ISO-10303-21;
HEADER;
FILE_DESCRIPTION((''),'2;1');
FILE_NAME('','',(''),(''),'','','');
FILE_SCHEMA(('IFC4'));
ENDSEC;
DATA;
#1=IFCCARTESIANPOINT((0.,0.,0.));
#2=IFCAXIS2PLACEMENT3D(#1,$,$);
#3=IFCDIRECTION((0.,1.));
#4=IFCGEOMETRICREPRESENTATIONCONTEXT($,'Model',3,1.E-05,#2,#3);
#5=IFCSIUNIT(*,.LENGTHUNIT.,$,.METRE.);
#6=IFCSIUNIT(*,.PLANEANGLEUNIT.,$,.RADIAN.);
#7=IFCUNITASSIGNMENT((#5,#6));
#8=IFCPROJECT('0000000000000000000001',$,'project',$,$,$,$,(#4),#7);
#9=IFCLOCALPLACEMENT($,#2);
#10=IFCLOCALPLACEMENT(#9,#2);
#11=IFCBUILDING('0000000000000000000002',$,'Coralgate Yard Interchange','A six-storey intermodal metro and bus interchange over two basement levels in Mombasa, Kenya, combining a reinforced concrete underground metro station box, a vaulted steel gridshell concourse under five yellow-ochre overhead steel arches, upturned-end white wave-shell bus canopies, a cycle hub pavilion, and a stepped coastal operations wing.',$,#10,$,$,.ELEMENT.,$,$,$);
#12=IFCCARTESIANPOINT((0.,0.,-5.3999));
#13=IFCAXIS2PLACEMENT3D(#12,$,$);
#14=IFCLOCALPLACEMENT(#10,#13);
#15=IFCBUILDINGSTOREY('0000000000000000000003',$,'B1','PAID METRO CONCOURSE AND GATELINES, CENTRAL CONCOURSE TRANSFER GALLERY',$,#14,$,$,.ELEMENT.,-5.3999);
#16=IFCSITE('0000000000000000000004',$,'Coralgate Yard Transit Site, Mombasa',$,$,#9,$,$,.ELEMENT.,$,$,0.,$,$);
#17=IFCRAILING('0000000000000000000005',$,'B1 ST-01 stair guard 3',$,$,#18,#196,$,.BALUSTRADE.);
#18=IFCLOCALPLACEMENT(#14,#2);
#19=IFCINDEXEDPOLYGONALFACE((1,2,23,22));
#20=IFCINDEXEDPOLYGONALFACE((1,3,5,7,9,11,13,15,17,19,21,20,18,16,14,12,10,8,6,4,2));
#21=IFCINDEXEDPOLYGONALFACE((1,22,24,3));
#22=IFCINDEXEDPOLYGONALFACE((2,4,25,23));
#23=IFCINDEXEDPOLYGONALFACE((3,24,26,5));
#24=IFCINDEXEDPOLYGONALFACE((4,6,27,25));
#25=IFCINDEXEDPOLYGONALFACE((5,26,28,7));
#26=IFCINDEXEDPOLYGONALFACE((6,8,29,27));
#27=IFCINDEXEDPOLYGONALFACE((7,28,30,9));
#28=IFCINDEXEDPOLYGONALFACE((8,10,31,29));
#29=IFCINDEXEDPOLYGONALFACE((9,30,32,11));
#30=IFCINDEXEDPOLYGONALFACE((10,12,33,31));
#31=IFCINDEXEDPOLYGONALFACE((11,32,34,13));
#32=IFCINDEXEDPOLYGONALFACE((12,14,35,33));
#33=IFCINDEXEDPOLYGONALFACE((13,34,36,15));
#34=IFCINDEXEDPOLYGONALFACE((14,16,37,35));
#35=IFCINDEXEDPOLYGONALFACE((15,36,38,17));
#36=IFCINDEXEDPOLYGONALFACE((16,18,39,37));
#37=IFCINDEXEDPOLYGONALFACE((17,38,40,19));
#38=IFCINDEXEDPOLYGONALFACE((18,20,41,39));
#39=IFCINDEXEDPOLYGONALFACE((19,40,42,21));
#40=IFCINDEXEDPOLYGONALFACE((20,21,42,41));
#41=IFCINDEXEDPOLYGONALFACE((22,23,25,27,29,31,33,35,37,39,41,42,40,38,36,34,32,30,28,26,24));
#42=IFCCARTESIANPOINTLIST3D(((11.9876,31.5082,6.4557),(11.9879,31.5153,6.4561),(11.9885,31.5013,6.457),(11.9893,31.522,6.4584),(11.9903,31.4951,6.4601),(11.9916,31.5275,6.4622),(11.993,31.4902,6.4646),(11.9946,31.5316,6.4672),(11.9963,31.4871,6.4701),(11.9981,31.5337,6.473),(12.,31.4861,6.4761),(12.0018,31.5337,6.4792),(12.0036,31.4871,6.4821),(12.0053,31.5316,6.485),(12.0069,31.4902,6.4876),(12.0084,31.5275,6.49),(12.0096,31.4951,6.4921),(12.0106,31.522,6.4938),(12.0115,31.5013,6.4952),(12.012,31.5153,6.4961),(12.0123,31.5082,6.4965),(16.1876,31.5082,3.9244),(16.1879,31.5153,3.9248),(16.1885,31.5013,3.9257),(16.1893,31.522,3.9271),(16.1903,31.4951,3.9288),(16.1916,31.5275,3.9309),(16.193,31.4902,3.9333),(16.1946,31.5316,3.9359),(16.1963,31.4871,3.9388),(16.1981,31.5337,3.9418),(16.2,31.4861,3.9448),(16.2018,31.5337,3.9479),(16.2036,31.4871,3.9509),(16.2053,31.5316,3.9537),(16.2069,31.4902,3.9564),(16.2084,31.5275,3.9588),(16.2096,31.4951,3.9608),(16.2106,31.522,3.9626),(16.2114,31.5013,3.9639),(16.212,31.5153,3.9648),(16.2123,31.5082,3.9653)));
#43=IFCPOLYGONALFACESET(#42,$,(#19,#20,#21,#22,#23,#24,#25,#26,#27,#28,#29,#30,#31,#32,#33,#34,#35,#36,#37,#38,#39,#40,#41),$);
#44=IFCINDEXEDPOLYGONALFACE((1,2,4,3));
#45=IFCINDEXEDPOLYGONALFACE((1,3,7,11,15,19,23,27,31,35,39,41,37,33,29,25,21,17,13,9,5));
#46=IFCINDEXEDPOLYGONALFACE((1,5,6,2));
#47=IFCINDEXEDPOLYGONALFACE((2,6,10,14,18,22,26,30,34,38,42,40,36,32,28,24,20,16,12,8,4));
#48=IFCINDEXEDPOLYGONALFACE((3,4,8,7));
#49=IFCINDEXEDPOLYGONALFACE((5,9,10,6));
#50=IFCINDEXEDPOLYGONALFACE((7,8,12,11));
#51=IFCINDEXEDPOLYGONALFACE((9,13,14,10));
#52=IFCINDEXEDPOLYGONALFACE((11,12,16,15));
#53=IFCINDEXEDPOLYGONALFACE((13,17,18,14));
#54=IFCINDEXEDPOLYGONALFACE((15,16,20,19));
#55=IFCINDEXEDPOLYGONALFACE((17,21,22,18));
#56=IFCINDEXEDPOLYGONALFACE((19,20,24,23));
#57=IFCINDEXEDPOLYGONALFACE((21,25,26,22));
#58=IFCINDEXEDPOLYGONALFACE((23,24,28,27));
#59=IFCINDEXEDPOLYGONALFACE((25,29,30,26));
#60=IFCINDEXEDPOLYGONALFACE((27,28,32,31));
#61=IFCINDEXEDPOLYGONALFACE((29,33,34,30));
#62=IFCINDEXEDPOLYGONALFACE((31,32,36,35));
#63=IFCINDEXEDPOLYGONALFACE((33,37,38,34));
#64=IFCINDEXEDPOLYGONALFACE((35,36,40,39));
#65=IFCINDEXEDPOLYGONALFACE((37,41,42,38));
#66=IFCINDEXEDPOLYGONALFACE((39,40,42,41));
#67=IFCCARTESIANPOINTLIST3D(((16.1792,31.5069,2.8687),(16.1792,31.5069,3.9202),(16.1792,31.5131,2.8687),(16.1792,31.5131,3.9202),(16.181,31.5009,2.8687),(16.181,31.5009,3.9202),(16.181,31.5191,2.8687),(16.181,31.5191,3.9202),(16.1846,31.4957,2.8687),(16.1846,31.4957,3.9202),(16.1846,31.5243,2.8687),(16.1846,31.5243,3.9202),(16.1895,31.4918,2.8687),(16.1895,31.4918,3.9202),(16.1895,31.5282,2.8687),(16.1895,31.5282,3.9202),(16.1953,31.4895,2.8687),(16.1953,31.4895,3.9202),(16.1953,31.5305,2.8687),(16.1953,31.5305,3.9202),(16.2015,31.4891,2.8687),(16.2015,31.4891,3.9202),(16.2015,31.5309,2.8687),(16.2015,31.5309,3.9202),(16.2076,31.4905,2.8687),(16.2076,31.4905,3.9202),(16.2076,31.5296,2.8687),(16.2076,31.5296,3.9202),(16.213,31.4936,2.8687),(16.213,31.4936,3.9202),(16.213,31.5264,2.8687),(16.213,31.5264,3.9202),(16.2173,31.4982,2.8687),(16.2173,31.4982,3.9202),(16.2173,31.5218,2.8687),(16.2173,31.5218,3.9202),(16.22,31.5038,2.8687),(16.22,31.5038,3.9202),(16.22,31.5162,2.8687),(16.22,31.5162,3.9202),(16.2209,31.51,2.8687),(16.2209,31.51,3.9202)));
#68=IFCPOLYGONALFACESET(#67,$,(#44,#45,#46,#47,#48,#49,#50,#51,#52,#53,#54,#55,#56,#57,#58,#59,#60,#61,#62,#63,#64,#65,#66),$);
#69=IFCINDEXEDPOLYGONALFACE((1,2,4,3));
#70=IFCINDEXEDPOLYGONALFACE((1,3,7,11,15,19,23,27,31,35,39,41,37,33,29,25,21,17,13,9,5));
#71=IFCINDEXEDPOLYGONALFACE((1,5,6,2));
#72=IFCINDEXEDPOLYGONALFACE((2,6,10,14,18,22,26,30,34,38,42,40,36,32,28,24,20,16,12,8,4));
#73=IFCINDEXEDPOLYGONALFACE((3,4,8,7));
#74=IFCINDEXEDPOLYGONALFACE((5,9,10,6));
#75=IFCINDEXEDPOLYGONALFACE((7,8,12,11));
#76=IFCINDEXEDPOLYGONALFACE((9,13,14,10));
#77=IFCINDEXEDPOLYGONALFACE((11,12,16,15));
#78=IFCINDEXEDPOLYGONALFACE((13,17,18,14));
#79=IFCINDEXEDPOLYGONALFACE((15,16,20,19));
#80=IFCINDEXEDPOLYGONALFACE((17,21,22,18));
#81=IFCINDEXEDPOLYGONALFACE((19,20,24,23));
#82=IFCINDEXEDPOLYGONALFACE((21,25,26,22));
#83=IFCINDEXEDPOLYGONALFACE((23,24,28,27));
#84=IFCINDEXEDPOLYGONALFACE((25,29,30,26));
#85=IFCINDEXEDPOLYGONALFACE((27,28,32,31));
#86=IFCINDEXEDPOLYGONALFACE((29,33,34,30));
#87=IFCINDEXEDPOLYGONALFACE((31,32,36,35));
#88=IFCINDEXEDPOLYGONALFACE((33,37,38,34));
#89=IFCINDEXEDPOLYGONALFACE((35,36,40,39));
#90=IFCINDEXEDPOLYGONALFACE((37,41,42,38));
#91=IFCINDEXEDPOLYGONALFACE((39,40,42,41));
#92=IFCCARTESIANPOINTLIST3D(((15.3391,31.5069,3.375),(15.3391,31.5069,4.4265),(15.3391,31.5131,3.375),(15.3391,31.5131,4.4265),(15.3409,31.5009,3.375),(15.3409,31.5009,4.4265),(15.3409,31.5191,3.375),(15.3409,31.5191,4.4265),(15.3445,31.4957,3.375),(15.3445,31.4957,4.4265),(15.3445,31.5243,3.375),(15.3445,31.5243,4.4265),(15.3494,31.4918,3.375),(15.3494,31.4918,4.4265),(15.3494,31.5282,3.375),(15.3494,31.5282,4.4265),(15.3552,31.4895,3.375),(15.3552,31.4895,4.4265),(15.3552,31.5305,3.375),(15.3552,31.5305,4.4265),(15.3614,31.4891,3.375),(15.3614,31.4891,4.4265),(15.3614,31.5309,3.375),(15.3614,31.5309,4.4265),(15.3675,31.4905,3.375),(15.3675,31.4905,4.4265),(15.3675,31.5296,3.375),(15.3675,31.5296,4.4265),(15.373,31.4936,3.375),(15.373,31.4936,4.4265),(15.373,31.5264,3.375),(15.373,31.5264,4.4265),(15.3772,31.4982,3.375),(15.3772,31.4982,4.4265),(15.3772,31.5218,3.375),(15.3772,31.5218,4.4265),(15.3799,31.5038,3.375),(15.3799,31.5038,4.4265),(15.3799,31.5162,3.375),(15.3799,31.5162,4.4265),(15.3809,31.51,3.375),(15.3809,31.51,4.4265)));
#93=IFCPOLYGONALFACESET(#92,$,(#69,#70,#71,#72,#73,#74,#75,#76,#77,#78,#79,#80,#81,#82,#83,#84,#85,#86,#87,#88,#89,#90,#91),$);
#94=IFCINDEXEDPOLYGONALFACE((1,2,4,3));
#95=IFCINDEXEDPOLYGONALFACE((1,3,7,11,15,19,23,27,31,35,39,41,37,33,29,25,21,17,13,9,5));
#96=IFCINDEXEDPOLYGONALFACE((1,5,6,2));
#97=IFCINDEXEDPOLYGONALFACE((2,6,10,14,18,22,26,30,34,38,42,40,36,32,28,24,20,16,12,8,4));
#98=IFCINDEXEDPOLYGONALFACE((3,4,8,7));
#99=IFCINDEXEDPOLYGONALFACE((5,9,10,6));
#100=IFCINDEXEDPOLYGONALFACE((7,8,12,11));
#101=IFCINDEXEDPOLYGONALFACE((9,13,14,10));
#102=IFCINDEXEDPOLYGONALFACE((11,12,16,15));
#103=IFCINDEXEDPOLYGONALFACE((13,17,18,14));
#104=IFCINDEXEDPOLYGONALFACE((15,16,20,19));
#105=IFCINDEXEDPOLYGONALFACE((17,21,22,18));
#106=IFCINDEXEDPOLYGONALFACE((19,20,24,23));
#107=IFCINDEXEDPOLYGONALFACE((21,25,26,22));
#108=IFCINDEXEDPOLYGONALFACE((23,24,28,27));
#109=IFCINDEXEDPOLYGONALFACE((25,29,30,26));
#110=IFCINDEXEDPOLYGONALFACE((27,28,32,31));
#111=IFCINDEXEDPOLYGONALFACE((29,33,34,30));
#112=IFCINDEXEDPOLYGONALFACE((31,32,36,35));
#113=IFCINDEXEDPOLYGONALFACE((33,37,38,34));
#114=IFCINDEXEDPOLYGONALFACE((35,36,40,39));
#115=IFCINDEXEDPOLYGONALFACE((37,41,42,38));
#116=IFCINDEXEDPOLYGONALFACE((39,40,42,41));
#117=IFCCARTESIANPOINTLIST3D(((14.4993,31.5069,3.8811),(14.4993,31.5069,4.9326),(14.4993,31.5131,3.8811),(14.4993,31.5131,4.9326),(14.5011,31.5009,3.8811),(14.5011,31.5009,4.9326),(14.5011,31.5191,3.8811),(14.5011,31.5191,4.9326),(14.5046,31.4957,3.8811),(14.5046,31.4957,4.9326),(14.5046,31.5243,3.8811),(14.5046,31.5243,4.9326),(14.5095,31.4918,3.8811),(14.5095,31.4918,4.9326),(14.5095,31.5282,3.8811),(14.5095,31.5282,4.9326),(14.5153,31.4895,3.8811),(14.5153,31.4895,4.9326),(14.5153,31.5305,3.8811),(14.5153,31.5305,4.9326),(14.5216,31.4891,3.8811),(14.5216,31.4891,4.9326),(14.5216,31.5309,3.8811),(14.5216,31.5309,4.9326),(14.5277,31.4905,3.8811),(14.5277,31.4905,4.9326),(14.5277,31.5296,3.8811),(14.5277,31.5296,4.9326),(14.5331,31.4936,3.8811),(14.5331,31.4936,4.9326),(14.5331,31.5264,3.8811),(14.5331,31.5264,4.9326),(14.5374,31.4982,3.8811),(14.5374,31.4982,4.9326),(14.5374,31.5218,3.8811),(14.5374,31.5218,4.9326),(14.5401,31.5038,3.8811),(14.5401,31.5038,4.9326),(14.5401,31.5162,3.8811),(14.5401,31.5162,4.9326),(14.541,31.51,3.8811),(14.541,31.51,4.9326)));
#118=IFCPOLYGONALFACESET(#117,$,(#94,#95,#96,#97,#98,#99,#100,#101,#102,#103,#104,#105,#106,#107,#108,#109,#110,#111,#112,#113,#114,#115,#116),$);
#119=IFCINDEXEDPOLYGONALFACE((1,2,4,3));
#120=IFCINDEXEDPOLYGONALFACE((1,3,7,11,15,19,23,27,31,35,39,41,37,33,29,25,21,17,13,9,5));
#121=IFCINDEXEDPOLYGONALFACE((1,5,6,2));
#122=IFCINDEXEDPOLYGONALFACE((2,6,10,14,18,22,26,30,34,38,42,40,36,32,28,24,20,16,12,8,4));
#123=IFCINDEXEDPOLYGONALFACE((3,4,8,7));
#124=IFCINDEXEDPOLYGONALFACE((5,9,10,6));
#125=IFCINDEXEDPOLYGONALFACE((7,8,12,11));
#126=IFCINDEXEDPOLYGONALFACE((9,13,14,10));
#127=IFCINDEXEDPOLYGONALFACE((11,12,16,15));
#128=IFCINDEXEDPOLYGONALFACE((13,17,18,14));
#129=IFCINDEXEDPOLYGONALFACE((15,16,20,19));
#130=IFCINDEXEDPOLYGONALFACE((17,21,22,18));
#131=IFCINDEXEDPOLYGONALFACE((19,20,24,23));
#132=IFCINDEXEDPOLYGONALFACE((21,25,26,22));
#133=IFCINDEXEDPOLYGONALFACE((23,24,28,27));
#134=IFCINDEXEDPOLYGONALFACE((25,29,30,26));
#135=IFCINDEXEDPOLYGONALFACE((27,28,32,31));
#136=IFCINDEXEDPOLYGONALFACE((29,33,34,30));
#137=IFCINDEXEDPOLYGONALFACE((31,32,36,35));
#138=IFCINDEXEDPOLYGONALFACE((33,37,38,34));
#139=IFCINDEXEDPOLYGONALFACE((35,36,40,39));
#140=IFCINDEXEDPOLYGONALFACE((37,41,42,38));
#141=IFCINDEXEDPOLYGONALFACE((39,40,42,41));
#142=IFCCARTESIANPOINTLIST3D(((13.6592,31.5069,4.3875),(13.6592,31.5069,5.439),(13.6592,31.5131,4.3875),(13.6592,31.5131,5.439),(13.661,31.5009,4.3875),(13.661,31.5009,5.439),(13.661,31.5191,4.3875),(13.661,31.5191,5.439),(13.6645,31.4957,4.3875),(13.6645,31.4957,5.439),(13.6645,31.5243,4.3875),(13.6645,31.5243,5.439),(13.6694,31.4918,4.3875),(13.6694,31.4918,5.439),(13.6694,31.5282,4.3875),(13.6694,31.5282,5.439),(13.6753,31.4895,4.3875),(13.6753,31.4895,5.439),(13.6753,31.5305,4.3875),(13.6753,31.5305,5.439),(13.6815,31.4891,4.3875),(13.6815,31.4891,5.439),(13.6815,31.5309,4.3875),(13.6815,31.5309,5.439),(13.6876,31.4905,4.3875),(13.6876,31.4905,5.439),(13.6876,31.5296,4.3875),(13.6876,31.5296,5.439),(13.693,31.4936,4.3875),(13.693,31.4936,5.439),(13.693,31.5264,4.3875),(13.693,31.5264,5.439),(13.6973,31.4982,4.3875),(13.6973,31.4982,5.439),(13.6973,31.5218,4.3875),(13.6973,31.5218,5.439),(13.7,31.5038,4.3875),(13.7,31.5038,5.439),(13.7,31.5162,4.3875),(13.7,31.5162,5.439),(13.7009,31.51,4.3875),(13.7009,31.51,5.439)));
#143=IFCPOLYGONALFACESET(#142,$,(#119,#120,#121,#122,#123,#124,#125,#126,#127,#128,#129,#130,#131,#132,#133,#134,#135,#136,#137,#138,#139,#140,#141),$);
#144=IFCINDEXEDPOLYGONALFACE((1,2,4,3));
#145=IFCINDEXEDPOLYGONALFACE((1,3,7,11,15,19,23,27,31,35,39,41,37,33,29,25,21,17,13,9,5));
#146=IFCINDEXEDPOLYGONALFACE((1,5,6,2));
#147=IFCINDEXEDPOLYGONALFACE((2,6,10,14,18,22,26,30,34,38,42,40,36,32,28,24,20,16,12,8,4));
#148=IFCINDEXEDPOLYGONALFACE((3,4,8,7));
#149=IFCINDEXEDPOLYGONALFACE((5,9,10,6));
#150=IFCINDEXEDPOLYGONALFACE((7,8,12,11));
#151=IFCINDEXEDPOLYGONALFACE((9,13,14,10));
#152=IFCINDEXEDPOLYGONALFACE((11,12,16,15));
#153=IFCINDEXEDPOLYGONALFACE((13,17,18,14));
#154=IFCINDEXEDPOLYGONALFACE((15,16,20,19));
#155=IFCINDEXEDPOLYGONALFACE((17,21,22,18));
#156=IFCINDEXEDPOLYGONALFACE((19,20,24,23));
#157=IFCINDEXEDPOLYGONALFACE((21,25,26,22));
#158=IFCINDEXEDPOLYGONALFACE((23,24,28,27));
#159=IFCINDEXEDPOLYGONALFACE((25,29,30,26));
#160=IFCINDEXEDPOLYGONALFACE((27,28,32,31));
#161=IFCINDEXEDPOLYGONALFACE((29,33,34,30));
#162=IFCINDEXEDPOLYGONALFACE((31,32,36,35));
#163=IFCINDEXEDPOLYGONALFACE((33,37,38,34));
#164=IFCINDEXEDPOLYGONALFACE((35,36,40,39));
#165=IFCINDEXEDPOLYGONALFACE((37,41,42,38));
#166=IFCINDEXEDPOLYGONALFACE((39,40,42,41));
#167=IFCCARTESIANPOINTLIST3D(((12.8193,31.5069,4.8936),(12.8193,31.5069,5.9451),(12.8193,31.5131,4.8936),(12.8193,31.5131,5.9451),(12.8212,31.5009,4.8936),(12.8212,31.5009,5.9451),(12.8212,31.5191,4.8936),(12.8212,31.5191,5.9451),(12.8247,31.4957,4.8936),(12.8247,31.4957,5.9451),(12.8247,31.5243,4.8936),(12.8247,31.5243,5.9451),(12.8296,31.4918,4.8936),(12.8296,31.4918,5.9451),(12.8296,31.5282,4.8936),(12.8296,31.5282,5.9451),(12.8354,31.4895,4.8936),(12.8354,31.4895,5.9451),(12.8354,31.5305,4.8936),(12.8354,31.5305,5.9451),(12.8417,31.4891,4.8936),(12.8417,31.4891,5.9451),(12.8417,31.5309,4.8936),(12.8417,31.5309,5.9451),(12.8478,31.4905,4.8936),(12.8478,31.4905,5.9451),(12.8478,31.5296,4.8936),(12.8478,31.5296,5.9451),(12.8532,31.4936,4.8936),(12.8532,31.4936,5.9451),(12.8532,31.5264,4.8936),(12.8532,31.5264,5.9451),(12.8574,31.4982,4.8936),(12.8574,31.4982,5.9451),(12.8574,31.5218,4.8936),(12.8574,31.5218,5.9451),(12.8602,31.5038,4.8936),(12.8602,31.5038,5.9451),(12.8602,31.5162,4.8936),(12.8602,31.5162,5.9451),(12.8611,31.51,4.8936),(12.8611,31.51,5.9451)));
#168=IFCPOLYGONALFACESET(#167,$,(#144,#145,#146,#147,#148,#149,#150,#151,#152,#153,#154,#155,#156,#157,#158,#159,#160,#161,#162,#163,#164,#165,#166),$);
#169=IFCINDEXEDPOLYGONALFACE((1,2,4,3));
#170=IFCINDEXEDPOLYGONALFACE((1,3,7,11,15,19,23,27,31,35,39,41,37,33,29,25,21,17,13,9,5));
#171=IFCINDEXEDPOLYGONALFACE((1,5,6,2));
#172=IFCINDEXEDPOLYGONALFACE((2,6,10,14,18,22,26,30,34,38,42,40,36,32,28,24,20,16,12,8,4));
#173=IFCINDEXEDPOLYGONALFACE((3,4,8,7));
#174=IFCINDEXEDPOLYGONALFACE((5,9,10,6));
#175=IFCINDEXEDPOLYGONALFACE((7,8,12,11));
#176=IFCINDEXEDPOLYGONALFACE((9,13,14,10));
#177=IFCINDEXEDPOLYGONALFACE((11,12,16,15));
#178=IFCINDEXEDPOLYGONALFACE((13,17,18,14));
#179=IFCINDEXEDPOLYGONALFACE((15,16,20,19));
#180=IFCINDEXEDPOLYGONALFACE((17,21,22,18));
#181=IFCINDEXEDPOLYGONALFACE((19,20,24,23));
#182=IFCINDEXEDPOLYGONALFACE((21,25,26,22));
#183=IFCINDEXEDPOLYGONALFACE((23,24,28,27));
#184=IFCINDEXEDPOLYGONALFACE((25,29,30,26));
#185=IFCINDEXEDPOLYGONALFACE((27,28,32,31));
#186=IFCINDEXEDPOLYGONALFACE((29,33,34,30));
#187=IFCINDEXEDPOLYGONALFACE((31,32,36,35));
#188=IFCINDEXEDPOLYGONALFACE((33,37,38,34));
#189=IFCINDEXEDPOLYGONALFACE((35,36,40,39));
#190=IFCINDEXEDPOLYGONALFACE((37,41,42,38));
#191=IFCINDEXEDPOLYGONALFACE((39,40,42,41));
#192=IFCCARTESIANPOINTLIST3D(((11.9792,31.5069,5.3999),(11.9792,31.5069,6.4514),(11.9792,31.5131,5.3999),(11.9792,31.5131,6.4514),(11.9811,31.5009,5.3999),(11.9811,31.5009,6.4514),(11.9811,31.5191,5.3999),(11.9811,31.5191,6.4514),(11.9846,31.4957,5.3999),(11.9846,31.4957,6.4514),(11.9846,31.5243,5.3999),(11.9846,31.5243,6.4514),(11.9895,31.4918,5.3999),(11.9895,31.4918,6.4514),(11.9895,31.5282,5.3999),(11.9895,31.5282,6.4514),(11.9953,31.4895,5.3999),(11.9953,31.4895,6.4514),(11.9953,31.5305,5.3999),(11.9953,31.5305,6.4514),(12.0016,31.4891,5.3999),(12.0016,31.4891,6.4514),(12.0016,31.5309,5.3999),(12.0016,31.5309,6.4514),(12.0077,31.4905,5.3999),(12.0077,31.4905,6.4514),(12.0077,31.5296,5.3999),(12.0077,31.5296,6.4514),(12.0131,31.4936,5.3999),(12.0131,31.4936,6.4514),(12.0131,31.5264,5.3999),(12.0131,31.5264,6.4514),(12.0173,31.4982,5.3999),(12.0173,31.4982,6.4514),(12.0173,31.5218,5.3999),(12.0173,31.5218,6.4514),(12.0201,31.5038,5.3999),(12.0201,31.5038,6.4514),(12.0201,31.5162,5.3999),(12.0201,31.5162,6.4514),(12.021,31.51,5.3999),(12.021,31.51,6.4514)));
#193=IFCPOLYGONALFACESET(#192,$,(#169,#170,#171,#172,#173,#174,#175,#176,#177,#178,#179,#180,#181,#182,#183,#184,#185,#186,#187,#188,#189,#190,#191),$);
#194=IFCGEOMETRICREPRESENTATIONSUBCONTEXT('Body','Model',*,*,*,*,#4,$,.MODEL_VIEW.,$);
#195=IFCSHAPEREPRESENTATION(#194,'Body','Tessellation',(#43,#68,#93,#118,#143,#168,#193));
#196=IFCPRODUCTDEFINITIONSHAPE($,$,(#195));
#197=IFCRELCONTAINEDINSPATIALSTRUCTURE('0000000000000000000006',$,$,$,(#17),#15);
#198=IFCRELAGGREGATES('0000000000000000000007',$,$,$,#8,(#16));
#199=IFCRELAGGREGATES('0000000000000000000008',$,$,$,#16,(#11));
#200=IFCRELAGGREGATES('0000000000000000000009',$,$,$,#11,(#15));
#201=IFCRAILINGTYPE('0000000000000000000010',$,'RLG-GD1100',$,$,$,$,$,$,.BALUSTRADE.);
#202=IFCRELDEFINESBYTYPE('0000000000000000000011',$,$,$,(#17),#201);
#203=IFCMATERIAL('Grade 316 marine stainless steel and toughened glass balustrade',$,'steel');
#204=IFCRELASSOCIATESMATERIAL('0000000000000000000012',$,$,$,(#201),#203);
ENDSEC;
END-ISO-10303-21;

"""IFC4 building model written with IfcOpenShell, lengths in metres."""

from ifc_helpers import new_model, si_unit, direction, frame, origin, origin_2d, place, context, subcontext, project, spatial, circle, extrude, material, type_object, element, save


model = new_model("IFC4")

# Units and contexts
model_context = context("Model", 3, precision=1e-05, world=origin(), true_north=direction((0.0, 1.0)))
body_context = subcontext(model_context, "Body", "Model", "MODEL_VIEW")
ifc_project = project(units=[si_unit("LENGTHUNIT", "METRE"), si_unit("PLANEANGLEUNIT", "RADIAN")], contexts=[model_context])

# Site, building, storey
site_placement = place(None, origin())
site = spatial("IfcSite", under=ifc_project, at=site_placement, Name="Coralgate Yard Transit Site, Mombasa", CompositionType="ELEMENT", RefElevation=0.0)
building_placement = place(site_placement, origin())
building = spatial("IfcBuilding", under=site, at=building_placement, Name="Coralgate Yard Interchange", Description="A six-storey intermodal metro and bus interchange over two basement levels in Mombasa, Kenya, combining a reinforced concrete underground metro station box, a vaulted steel gridshell concourse under five yellow-ochre overhead steel arches, upturned-end white wave-shell bus canopies, a cycle hub pavilion, and a stepped coastal operations wing.", CompositionType="ELEMENT")
storey_placement = place(building_placement, frame((0.0, 0.0, -5.3999)))
storey = spatial("IfcBuildingStorey", under=building, at=storey_placement, Name="B1", Description="PAID METRO CONCOURSE AND GATELINES, CENTRAL CONCOURSE TRANSFER GALLERY", CompositionType="ELEMENT", Elevation=-5.3999)

# Railing
ifc_material_1 = material(Name="Grade 316 marine stainless steel and toughened glass balustrade", Category="steel")
railing_type_1 = type_object("IfcRailingType", Name="RLG-GD1100", PredefinedType="BALUSTRADE", material=ifc_material_1)
railing_1_placement = place(storey_placement, frame((16.2, 31.51, 2.8687)))
element("IfcRailing", 1, at=railing_1_placement, inside=storey, type_object=railing_type_1, Name="B1 ST-01 stair guard 3", PredefinedType="BALUSTRADE", context=body_context, shape_type="SweptSolid", body=[
    extrude(circle(Radius=0.0239, at=origin_2d()), frame((0.0, 0.0, 1.0762), z_axis=(-0.856476, 0.0, 0.516186), x_axis=(0.0, -1.0, 0.0)), (0.0, 0.0, 1.0), 4.9038),
    extrude(circle(Radius=0.021, at=origin_2d()), origin(), (0.0, 0.0, 1.0), 1.0515),
    extrude(circle(Radius=0.021, at=origin_2d()), frame((-0.8401, 0.0, 0.5063)), (0.0, 0.0, 1.0), 1.0515),
    extrude(circle(Radius=0.021, at=origin_2d()), frame((-1.6799, 0.0, 1.0125)), (0.0, 0.0, 1.0), 1.0515),
    extrude(circle(Radius=0.021, at=origin_2d()), frame((-2.52, 0.0, 1.5188)), (0.0, 0.0, 1.0), 1.0515),
    extrude(circle(Radius=0.021, at=origin_2d()), frame((-3.3599, 0.0, 2.0249)), (0.0, 0.0, 1.0), 1.0515),
    extrude(circle(Radius=0.021, at=origin_2d()), frame((-4.2, 0.0, 2.5312)), (0.0, 0.0, 1.0), 1.0515),
])

save(model, "model.ifc")
